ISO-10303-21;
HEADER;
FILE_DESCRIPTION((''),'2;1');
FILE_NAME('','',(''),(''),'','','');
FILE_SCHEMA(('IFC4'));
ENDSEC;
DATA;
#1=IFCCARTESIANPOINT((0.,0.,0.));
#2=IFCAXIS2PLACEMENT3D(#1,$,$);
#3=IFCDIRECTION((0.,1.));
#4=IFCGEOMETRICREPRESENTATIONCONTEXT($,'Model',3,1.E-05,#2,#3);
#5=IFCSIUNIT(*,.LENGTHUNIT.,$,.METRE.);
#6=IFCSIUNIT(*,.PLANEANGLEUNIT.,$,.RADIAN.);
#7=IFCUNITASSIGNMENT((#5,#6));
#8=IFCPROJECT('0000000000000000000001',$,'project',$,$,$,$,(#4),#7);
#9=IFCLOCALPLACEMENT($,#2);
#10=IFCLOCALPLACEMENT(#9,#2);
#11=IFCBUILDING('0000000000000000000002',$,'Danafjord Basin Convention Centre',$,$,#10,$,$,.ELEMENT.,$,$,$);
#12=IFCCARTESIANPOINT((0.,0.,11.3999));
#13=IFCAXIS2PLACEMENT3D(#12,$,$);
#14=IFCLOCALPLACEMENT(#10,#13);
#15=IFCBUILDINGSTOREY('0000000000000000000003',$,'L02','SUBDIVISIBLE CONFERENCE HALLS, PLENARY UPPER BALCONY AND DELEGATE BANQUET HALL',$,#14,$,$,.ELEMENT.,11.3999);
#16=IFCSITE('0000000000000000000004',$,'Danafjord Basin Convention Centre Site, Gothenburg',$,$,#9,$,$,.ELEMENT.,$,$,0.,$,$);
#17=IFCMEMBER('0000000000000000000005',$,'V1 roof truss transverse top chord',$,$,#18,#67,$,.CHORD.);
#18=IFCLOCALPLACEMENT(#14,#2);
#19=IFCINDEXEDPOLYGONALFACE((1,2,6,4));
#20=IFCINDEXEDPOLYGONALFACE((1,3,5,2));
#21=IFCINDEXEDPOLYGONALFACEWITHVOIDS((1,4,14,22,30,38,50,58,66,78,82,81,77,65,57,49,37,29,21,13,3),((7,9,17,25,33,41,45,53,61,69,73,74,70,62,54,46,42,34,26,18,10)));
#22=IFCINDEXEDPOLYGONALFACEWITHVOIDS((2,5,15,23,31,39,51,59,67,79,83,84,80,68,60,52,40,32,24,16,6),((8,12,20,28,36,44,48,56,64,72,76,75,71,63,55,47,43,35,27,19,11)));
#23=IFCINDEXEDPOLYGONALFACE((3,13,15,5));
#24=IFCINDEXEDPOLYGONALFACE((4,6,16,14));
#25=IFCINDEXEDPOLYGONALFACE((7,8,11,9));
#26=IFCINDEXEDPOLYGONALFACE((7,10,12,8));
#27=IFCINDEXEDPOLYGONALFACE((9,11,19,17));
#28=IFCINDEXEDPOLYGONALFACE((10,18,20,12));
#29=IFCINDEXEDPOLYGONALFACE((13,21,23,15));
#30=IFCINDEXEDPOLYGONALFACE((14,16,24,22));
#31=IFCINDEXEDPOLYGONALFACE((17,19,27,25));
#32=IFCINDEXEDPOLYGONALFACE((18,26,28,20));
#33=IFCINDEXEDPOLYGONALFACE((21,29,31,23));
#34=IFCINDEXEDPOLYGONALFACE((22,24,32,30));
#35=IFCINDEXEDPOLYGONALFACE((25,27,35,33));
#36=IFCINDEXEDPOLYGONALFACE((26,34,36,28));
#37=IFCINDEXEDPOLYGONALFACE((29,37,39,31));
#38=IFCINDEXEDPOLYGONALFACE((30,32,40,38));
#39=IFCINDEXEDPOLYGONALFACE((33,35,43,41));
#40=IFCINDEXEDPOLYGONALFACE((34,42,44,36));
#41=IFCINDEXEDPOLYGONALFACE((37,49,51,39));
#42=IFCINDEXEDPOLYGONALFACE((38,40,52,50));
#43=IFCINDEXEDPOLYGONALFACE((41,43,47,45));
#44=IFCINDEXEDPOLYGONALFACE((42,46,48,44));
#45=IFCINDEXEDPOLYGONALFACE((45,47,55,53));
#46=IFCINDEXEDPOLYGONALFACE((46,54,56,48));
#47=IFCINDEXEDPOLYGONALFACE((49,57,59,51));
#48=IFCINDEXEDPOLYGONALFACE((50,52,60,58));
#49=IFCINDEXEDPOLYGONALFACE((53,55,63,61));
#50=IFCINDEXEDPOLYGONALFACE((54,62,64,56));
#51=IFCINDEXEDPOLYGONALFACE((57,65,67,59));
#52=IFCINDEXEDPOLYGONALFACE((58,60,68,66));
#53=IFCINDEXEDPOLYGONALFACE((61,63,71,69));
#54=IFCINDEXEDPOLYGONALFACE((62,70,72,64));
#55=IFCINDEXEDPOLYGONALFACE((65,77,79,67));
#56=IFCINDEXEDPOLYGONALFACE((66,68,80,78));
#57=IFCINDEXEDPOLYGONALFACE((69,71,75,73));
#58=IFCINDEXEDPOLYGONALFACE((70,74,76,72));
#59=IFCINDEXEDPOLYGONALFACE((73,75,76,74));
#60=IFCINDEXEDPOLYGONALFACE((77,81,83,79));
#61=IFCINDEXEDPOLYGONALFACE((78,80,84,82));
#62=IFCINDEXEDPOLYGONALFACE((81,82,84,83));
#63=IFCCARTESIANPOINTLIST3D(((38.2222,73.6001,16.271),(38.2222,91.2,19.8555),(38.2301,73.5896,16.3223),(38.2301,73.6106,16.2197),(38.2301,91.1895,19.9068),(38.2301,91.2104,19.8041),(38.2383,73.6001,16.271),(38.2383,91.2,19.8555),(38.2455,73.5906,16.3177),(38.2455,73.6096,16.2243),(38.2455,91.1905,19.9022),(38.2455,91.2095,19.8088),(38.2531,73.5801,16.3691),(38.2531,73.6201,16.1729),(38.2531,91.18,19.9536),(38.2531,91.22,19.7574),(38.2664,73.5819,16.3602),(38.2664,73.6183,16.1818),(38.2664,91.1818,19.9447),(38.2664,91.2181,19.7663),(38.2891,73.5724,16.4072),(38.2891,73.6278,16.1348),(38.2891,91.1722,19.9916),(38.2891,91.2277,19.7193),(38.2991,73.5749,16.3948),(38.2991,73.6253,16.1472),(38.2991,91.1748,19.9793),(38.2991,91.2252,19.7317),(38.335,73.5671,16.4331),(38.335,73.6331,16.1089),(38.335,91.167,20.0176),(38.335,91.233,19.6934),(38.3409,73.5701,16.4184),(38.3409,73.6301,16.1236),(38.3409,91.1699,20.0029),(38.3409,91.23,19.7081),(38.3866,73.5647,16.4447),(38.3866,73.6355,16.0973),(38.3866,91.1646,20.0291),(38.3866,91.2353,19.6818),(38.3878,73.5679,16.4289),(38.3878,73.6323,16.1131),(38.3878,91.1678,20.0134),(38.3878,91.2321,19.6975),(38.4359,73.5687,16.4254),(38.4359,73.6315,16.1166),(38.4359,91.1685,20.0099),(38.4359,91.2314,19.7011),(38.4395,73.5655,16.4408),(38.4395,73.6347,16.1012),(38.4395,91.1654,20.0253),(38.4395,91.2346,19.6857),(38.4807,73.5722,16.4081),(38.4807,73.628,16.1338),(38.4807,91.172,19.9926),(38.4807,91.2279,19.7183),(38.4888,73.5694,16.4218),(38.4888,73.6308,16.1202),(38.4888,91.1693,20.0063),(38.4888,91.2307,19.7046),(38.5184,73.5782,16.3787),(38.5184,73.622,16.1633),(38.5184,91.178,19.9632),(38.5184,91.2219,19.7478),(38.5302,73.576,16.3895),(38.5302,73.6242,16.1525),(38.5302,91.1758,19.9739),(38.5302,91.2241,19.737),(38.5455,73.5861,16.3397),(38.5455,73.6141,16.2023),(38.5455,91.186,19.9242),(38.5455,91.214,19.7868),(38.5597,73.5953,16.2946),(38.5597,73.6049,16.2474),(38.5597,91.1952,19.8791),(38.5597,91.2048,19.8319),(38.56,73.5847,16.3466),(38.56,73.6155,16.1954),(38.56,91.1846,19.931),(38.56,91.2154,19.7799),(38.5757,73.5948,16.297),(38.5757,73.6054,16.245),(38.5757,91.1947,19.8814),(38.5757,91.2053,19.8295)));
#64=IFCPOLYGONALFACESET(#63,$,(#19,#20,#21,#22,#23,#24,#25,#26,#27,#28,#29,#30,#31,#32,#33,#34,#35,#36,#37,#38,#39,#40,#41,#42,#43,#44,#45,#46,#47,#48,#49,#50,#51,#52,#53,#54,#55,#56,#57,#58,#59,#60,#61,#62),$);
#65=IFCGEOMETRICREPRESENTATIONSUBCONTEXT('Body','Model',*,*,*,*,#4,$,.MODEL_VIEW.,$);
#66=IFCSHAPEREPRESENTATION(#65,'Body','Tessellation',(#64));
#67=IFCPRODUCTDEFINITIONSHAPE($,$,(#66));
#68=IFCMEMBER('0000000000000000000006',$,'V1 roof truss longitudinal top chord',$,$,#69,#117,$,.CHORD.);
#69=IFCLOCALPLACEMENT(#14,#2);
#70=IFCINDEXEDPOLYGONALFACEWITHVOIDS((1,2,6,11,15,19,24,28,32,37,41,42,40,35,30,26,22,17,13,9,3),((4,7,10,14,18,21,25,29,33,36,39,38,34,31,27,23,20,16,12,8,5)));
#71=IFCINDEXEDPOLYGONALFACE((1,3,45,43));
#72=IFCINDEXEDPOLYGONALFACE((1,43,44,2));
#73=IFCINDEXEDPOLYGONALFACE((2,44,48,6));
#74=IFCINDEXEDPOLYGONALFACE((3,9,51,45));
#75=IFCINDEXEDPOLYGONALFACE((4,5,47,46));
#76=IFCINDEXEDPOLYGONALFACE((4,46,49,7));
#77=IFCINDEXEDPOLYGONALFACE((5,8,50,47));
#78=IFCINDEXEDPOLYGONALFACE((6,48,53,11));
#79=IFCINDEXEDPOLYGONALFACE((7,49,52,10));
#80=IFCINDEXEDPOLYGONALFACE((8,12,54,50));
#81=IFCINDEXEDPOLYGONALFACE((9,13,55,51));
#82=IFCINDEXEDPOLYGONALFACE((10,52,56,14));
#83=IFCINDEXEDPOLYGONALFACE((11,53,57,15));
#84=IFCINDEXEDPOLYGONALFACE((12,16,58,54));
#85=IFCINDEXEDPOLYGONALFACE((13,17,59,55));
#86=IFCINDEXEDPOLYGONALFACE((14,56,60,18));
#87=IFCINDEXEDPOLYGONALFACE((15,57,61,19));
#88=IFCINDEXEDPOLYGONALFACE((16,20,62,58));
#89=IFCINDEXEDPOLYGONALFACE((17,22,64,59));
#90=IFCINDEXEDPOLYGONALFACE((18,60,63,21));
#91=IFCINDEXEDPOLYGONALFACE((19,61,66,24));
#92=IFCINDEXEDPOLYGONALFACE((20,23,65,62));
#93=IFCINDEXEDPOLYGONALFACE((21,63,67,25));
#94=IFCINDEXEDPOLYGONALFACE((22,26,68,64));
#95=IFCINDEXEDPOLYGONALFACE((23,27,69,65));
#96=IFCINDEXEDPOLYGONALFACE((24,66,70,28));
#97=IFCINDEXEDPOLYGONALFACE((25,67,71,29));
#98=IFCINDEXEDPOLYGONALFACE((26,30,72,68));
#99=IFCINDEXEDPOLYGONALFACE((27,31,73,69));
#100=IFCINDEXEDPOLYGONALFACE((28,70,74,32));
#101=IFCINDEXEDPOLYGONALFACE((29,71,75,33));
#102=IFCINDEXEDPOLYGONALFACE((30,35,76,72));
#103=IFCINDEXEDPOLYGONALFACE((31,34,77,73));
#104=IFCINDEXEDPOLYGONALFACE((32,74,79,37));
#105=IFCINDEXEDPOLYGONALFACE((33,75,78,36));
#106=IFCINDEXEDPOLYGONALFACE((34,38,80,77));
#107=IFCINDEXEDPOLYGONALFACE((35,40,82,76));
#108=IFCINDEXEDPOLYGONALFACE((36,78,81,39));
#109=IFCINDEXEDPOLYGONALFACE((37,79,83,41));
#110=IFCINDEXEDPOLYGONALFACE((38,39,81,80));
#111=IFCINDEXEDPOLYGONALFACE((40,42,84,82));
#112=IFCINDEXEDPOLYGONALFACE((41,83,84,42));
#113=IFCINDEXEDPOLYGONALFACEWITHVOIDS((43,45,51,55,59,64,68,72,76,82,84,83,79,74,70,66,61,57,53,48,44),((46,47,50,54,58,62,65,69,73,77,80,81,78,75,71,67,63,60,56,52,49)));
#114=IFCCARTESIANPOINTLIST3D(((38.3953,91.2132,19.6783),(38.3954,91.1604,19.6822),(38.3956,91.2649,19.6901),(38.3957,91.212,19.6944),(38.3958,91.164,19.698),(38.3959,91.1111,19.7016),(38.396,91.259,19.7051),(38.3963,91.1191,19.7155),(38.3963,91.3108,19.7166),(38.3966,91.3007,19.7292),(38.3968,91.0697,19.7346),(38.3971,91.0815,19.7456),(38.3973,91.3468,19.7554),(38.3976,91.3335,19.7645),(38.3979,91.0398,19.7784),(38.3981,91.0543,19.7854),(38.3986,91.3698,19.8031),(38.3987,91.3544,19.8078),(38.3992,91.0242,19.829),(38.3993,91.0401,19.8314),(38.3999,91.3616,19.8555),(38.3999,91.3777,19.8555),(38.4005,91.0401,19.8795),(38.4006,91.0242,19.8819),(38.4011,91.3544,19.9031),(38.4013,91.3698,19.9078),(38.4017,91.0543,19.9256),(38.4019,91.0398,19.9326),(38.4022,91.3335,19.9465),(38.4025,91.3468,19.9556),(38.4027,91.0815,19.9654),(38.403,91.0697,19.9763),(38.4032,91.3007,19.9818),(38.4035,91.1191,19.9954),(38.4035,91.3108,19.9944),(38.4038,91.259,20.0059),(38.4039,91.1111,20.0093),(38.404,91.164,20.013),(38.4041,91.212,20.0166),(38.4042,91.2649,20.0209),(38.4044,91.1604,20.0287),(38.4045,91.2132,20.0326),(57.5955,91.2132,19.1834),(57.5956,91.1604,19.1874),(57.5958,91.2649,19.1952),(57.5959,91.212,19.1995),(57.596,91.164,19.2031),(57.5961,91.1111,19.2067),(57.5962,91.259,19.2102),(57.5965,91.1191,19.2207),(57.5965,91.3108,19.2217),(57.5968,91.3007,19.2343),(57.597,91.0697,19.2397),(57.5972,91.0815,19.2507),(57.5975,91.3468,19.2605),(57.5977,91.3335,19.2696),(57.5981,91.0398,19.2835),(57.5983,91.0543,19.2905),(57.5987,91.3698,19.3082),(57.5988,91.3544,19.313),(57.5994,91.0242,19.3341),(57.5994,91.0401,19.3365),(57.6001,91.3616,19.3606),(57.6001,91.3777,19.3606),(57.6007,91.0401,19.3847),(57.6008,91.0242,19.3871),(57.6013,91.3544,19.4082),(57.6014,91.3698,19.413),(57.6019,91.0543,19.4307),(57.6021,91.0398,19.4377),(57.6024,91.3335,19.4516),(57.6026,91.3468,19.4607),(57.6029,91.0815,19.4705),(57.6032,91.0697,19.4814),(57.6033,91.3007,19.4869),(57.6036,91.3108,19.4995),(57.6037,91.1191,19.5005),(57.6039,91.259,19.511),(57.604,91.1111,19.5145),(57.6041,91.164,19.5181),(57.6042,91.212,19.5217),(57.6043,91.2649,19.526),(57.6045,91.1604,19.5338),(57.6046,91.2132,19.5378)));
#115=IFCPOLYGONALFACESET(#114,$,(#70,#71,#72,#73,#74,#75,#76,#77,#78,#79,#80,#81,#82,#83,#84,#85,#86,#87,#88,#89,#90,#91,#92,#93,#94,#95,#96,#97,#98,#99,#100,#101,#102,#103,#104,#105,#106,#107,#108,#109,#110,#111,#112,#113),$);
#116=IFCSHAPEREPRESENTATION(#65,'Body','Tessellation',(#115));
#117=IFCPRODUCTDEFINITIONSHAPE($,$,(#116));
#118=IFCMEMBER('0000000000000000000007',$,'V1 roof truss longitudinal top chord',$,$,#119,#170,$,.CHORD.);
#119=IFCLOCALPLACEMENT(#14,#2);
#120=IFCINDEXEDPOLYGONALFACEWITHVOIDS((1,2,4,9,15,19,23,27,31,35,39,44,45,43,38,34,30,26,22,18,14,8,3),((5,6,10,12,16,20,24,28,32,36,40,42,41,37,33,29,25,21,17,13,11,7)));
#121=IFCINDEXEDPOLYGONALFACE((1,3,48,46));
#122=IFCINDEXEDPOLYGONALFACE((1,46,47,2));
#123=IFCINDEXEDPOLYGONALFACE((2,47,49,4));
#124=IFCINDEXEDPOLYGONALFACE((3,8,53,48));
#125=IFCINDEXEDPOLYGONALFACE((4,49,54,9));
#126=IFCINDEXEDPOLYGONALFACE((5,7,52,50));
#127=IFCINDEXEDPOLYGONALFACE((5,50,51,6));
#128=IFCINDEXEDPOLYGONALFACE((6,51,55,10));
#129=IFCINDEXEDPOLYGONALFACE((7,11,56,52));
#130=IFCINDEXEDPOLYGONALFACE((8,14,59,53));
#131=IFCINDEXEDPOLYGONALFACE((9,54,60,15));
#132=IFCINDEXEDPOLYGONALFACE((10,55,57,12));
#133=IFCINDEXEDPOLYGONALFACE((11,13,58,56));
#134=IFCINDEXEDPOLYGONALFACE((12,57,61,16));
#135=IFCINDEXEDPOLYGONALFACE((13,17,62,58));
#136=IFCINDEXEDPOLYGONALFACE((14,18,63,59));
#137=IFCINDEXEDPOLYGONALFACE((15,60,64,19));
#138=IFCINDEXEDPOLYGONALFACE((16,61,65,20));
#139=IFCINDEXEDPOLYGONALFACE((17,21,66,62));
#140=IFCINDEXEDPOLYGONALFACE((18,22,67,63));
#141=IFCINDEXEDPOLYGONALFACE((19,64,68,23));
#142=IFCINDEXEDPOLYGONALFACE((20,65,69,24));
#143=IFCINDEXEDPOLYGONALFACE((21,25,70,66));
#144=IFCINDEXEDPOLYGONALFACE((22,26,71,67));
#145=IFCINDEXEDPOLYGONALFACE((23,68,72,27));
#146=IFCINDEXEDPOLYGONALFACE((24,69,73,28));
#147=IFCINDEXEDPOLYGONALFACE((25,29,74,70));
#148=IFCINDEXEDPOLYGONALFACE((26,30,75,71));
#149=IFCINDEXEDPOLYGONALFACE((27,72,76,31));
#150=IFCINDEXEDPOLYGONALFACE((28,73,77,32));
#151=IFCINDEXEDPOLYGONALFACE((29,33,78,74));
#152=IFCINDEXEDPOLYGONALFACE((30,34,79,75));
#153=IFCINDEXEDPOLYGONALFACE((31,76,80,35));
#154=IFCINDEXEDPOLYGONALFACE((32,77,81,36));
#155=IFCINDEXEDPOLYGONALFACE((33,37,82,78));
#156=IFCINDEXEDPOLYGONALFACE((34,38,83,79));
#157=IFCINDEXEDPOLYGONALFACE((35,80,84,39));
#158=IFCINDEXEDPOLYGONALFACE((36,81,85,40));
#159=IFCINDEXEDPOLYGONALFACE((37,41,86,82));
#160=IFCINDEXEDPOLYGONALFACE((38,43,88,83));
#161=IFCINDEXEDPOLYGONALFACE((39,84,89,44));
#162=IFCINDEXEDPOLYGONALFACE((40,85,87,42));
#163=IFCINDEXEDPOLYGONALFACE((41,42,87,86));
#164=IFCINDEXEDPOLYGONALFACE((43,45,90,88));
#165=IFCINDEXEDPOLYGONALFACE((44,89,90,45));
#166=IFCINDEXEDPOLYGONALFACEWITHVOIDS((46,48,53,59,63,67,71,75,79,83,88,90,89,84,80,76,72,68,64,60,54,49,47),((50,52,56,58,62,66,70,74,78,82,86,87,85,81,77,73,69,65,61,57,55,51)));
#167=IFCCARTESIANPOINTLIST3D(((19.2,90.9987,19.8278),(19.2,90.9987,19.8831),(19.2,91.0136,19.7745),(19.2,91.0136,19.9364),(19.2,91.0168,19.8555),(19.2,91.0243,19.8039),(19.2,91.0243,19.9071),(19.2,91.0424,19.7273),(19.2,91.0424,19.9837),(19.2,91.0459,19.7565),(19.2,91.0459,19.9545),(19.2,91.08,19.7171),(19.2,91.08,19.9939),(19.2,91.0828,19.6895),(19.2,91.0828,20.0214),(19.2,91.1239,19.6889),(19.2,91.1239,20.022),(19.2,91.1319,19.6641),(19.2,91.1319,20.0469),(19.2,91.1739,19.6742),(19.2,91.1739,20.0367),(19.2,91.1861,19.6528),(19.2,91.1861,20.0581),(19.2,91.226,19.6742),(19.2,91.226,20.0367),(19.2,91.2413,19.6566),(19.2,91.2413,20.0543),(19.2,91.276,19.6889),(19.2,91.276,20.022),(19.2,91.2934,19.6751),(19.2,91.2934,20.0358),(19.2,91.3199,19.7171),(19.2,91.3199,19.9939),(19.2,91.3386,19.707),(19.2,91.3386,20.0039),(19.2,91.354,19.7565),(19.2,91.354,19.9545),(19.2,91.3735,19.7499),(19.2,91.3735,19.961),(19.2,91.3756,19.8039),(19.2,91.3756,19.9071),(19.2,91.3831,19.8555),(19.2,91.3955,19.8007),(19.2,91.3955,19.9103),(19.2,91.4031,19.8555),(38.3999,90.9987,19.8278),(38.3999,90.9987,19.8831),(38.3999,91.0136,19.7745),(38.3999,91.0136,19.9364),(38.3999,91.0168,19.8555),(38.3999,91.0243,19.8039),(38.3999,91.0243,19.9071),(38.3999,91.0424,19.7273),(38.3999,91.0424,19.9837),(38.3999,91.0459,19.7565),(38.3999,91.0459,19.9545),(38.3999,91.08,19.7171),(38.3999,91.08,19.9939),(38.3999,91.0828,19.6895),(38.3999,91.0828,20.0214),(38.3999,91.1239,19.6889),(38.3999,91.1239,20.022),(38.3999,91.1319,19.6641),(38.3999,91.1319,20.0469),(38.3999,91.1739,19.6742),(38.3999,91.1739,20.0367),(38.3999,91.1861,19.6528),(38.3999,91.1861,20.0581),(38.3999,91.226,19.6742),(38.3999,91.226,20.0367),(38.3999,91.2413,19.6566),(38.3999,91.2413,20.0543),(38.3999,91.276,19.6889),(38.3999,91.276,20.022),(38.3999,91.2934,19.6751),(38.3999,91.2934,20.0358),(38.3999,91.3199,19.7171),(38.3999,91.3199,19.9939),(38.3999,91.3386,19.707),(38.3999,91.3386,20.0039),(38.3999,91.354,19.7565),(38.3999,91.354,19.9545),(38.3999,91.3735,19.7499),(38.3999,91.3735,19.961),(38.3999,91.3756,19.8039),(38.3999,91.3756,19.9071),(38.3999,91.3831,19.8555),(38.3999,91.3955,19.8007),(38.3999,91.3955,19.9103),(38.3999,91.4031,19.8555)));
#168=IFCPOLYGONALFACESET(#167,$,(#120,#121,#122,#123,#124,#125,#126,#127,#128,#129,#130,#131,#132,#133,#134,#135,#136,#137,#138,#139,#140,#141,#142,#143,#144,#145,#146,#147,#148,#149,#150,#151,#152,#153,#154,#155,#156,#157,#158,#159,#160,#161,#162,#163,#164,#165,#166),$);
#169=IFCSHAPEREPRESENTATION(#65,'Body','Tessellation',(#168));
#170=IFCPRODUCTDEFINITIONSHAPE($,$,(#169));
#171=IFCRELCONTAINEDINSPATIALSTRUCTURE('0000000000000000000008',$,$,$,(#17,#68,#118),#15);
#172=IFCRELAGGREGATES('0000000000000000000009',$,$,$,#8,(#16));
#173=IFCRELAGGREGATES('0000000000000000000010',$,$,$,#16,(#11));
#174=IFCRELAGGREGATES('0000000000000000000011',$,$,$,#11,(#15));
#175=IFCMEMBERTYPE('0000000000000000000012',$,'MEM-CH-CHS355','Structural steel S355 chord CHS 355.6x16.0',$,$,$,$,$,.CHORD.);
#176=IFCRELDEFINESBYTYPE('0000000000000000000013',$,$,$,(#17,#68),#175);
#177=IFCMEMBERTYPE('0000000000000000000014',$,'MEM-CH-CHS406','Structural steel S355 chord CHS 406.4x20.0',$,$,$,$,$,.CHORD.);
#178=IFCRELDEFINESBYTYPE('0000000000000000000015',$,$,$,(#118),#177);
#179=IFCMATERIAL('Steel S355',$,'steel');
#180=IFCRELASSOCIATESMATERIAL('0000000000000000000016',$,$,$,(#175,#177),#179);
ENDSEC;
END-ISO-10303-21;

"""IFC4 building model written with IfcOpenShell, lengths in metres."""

from ifc_helpers import new_model, si_unit, direction, frame, origin, origin_2d, place, context, subcontext, project, spatial, hollow_circle, extrude, material, material_profile, profile_set, type_object, element, save


model = new_model("IFC4")

# Units and contexts
model_context = context("Model", 3, precision=1e-05, world=origin(), true_north=direction((0.0, 1.0)))
body_context = subcontext(model_context, "Body", "Model", "MODEL_VIEW")
ifc_project = project(units=[si_unit("LENGTHUNIT", "METRE"), si_unit("PLANEANGLEUNIT", "RADIAN")], contexts=[model_context])

# Site, building, storey
site_placement = place(None, origin())
site = spatial("IfcSite", under=ifc_project, at=site_placement, Name="Danafjord Basin Convention Centre Site, Gothenburg", CompositionType="ELEMENT", RefElevation=0.0)
building_placement = place(site_placement, origin())
building = spatial("IfcBuilding", under=site, at=building_placement, Name="Danafjord Basin Convention Centre", CompositionType="ELEMENT")
storey_placement = place(building_placement, frame((0.0, 0.0, 11.3999)))
storey = spatial("IfcBuildingStorey", under=building, at=storey_placement, Name="L02", Description="SUBDIVISIBLE CONFERENCE HALLS, PLENARY UPPER BALCONY AND DELEGATE BANQUET HALL", CompositionType="ELEMENT", Elevation=11.3999)

# Members
ifc_material = material(Name="Steel S355", Category="steel")
ifc_material_profile_1 = material_profile(ifc_material, hollow_circle(Radius=0.1777, WallThickness=0.0161, at=origin_2d()), Name="CHS 355.6x16.0")
ifc_profile_set_1 = profile_set([ifc_material_profile_1], Name="Steel S355")
member_type_1 = type_object("IfcMemberType", Name="MEM-CH-CHS355", Description="Structural steel S355 chord CHS 355.6x16.0", PredefinedType="CHORD", material=ifc_profile_set_1)
member_1_placement = place(storey_placement, frame((38.3999, 73.6001, 16.271), z_axis=(0.0, 0.979884, 0.199568), x_axis=(-1.0, 0.0, 0.0)))
element("IfcMember", 1, at=member_1_placement, inside=storey, type_object=member_type_1, Name="V1 roof truss transverse top chord", PredefinedType="CHORD", context=body_context, shape_type="SweptSolid", body=[
    extrude(hollow_circle(Radius=0.1777, WallThickness=0.0161, at=origin_2d()), origin(), (0.0, 0.0, 1.0), 17.9612),
])
member_2_placement = place(storey_placement, frame((38.3999, 91.2, 19.8555), z_axis=(0.999668, 0.0, -0.025766), x_axis=(0.0, 1.0, 0.0)))
element("IfcMember", 2, at=member_2_placement, inside=storey, type_object=member_type_1, Name="V1 roof truss longitudinal top chord", PredefinedType="CHORD", context=body_context, shape_type="SweptSolid", body=[
    extrude(hollow_circle(Radius=0.1777, WallThickness=0.0161, at=origin_2d()), origin(), (0.0, 0.0, 1.0), 19.2065),
])
ifc_material_profile_2 = material_profile(ifc_material, hollow_circle(Radius=0.2031, WallThickness=0.02, at=origin_2d()), Name="CHS 406.4x20.0")
ifc_profile_set_2 = profile_set([ifc_material_profile_2], Name="Steel S355")
member_type_2 = type_object("IfcMemberType", Name="MEM-CH-CHS406", Description="Structural steel S355 chord CHS 406.4x20.0", PredefinedType="CHORD", material=ifc_profile_set_2)
member_3_placement = place(storey_placement, frame((19.2, 91.2, 19.8555), z_axis=(1.0, 0.0, 0.0), x_axis=(0.0, 1.0, 0.0)))
element("IfcMember", 3, at=member_3_placement, inside=storey, type_object=member_type_2, Name="V1 roof truss longitudinal top chord", PredefinedType="CHORD", context=body_context, shape_type="SweptSolid", body=[
    extrude(hollow_circle(Radius=0.2031, WallThickness=0.02, at=origin_2d()), origin(), (0.0, 0.0, 1.0), 19.2),
])

save(model, "model.ifc")
